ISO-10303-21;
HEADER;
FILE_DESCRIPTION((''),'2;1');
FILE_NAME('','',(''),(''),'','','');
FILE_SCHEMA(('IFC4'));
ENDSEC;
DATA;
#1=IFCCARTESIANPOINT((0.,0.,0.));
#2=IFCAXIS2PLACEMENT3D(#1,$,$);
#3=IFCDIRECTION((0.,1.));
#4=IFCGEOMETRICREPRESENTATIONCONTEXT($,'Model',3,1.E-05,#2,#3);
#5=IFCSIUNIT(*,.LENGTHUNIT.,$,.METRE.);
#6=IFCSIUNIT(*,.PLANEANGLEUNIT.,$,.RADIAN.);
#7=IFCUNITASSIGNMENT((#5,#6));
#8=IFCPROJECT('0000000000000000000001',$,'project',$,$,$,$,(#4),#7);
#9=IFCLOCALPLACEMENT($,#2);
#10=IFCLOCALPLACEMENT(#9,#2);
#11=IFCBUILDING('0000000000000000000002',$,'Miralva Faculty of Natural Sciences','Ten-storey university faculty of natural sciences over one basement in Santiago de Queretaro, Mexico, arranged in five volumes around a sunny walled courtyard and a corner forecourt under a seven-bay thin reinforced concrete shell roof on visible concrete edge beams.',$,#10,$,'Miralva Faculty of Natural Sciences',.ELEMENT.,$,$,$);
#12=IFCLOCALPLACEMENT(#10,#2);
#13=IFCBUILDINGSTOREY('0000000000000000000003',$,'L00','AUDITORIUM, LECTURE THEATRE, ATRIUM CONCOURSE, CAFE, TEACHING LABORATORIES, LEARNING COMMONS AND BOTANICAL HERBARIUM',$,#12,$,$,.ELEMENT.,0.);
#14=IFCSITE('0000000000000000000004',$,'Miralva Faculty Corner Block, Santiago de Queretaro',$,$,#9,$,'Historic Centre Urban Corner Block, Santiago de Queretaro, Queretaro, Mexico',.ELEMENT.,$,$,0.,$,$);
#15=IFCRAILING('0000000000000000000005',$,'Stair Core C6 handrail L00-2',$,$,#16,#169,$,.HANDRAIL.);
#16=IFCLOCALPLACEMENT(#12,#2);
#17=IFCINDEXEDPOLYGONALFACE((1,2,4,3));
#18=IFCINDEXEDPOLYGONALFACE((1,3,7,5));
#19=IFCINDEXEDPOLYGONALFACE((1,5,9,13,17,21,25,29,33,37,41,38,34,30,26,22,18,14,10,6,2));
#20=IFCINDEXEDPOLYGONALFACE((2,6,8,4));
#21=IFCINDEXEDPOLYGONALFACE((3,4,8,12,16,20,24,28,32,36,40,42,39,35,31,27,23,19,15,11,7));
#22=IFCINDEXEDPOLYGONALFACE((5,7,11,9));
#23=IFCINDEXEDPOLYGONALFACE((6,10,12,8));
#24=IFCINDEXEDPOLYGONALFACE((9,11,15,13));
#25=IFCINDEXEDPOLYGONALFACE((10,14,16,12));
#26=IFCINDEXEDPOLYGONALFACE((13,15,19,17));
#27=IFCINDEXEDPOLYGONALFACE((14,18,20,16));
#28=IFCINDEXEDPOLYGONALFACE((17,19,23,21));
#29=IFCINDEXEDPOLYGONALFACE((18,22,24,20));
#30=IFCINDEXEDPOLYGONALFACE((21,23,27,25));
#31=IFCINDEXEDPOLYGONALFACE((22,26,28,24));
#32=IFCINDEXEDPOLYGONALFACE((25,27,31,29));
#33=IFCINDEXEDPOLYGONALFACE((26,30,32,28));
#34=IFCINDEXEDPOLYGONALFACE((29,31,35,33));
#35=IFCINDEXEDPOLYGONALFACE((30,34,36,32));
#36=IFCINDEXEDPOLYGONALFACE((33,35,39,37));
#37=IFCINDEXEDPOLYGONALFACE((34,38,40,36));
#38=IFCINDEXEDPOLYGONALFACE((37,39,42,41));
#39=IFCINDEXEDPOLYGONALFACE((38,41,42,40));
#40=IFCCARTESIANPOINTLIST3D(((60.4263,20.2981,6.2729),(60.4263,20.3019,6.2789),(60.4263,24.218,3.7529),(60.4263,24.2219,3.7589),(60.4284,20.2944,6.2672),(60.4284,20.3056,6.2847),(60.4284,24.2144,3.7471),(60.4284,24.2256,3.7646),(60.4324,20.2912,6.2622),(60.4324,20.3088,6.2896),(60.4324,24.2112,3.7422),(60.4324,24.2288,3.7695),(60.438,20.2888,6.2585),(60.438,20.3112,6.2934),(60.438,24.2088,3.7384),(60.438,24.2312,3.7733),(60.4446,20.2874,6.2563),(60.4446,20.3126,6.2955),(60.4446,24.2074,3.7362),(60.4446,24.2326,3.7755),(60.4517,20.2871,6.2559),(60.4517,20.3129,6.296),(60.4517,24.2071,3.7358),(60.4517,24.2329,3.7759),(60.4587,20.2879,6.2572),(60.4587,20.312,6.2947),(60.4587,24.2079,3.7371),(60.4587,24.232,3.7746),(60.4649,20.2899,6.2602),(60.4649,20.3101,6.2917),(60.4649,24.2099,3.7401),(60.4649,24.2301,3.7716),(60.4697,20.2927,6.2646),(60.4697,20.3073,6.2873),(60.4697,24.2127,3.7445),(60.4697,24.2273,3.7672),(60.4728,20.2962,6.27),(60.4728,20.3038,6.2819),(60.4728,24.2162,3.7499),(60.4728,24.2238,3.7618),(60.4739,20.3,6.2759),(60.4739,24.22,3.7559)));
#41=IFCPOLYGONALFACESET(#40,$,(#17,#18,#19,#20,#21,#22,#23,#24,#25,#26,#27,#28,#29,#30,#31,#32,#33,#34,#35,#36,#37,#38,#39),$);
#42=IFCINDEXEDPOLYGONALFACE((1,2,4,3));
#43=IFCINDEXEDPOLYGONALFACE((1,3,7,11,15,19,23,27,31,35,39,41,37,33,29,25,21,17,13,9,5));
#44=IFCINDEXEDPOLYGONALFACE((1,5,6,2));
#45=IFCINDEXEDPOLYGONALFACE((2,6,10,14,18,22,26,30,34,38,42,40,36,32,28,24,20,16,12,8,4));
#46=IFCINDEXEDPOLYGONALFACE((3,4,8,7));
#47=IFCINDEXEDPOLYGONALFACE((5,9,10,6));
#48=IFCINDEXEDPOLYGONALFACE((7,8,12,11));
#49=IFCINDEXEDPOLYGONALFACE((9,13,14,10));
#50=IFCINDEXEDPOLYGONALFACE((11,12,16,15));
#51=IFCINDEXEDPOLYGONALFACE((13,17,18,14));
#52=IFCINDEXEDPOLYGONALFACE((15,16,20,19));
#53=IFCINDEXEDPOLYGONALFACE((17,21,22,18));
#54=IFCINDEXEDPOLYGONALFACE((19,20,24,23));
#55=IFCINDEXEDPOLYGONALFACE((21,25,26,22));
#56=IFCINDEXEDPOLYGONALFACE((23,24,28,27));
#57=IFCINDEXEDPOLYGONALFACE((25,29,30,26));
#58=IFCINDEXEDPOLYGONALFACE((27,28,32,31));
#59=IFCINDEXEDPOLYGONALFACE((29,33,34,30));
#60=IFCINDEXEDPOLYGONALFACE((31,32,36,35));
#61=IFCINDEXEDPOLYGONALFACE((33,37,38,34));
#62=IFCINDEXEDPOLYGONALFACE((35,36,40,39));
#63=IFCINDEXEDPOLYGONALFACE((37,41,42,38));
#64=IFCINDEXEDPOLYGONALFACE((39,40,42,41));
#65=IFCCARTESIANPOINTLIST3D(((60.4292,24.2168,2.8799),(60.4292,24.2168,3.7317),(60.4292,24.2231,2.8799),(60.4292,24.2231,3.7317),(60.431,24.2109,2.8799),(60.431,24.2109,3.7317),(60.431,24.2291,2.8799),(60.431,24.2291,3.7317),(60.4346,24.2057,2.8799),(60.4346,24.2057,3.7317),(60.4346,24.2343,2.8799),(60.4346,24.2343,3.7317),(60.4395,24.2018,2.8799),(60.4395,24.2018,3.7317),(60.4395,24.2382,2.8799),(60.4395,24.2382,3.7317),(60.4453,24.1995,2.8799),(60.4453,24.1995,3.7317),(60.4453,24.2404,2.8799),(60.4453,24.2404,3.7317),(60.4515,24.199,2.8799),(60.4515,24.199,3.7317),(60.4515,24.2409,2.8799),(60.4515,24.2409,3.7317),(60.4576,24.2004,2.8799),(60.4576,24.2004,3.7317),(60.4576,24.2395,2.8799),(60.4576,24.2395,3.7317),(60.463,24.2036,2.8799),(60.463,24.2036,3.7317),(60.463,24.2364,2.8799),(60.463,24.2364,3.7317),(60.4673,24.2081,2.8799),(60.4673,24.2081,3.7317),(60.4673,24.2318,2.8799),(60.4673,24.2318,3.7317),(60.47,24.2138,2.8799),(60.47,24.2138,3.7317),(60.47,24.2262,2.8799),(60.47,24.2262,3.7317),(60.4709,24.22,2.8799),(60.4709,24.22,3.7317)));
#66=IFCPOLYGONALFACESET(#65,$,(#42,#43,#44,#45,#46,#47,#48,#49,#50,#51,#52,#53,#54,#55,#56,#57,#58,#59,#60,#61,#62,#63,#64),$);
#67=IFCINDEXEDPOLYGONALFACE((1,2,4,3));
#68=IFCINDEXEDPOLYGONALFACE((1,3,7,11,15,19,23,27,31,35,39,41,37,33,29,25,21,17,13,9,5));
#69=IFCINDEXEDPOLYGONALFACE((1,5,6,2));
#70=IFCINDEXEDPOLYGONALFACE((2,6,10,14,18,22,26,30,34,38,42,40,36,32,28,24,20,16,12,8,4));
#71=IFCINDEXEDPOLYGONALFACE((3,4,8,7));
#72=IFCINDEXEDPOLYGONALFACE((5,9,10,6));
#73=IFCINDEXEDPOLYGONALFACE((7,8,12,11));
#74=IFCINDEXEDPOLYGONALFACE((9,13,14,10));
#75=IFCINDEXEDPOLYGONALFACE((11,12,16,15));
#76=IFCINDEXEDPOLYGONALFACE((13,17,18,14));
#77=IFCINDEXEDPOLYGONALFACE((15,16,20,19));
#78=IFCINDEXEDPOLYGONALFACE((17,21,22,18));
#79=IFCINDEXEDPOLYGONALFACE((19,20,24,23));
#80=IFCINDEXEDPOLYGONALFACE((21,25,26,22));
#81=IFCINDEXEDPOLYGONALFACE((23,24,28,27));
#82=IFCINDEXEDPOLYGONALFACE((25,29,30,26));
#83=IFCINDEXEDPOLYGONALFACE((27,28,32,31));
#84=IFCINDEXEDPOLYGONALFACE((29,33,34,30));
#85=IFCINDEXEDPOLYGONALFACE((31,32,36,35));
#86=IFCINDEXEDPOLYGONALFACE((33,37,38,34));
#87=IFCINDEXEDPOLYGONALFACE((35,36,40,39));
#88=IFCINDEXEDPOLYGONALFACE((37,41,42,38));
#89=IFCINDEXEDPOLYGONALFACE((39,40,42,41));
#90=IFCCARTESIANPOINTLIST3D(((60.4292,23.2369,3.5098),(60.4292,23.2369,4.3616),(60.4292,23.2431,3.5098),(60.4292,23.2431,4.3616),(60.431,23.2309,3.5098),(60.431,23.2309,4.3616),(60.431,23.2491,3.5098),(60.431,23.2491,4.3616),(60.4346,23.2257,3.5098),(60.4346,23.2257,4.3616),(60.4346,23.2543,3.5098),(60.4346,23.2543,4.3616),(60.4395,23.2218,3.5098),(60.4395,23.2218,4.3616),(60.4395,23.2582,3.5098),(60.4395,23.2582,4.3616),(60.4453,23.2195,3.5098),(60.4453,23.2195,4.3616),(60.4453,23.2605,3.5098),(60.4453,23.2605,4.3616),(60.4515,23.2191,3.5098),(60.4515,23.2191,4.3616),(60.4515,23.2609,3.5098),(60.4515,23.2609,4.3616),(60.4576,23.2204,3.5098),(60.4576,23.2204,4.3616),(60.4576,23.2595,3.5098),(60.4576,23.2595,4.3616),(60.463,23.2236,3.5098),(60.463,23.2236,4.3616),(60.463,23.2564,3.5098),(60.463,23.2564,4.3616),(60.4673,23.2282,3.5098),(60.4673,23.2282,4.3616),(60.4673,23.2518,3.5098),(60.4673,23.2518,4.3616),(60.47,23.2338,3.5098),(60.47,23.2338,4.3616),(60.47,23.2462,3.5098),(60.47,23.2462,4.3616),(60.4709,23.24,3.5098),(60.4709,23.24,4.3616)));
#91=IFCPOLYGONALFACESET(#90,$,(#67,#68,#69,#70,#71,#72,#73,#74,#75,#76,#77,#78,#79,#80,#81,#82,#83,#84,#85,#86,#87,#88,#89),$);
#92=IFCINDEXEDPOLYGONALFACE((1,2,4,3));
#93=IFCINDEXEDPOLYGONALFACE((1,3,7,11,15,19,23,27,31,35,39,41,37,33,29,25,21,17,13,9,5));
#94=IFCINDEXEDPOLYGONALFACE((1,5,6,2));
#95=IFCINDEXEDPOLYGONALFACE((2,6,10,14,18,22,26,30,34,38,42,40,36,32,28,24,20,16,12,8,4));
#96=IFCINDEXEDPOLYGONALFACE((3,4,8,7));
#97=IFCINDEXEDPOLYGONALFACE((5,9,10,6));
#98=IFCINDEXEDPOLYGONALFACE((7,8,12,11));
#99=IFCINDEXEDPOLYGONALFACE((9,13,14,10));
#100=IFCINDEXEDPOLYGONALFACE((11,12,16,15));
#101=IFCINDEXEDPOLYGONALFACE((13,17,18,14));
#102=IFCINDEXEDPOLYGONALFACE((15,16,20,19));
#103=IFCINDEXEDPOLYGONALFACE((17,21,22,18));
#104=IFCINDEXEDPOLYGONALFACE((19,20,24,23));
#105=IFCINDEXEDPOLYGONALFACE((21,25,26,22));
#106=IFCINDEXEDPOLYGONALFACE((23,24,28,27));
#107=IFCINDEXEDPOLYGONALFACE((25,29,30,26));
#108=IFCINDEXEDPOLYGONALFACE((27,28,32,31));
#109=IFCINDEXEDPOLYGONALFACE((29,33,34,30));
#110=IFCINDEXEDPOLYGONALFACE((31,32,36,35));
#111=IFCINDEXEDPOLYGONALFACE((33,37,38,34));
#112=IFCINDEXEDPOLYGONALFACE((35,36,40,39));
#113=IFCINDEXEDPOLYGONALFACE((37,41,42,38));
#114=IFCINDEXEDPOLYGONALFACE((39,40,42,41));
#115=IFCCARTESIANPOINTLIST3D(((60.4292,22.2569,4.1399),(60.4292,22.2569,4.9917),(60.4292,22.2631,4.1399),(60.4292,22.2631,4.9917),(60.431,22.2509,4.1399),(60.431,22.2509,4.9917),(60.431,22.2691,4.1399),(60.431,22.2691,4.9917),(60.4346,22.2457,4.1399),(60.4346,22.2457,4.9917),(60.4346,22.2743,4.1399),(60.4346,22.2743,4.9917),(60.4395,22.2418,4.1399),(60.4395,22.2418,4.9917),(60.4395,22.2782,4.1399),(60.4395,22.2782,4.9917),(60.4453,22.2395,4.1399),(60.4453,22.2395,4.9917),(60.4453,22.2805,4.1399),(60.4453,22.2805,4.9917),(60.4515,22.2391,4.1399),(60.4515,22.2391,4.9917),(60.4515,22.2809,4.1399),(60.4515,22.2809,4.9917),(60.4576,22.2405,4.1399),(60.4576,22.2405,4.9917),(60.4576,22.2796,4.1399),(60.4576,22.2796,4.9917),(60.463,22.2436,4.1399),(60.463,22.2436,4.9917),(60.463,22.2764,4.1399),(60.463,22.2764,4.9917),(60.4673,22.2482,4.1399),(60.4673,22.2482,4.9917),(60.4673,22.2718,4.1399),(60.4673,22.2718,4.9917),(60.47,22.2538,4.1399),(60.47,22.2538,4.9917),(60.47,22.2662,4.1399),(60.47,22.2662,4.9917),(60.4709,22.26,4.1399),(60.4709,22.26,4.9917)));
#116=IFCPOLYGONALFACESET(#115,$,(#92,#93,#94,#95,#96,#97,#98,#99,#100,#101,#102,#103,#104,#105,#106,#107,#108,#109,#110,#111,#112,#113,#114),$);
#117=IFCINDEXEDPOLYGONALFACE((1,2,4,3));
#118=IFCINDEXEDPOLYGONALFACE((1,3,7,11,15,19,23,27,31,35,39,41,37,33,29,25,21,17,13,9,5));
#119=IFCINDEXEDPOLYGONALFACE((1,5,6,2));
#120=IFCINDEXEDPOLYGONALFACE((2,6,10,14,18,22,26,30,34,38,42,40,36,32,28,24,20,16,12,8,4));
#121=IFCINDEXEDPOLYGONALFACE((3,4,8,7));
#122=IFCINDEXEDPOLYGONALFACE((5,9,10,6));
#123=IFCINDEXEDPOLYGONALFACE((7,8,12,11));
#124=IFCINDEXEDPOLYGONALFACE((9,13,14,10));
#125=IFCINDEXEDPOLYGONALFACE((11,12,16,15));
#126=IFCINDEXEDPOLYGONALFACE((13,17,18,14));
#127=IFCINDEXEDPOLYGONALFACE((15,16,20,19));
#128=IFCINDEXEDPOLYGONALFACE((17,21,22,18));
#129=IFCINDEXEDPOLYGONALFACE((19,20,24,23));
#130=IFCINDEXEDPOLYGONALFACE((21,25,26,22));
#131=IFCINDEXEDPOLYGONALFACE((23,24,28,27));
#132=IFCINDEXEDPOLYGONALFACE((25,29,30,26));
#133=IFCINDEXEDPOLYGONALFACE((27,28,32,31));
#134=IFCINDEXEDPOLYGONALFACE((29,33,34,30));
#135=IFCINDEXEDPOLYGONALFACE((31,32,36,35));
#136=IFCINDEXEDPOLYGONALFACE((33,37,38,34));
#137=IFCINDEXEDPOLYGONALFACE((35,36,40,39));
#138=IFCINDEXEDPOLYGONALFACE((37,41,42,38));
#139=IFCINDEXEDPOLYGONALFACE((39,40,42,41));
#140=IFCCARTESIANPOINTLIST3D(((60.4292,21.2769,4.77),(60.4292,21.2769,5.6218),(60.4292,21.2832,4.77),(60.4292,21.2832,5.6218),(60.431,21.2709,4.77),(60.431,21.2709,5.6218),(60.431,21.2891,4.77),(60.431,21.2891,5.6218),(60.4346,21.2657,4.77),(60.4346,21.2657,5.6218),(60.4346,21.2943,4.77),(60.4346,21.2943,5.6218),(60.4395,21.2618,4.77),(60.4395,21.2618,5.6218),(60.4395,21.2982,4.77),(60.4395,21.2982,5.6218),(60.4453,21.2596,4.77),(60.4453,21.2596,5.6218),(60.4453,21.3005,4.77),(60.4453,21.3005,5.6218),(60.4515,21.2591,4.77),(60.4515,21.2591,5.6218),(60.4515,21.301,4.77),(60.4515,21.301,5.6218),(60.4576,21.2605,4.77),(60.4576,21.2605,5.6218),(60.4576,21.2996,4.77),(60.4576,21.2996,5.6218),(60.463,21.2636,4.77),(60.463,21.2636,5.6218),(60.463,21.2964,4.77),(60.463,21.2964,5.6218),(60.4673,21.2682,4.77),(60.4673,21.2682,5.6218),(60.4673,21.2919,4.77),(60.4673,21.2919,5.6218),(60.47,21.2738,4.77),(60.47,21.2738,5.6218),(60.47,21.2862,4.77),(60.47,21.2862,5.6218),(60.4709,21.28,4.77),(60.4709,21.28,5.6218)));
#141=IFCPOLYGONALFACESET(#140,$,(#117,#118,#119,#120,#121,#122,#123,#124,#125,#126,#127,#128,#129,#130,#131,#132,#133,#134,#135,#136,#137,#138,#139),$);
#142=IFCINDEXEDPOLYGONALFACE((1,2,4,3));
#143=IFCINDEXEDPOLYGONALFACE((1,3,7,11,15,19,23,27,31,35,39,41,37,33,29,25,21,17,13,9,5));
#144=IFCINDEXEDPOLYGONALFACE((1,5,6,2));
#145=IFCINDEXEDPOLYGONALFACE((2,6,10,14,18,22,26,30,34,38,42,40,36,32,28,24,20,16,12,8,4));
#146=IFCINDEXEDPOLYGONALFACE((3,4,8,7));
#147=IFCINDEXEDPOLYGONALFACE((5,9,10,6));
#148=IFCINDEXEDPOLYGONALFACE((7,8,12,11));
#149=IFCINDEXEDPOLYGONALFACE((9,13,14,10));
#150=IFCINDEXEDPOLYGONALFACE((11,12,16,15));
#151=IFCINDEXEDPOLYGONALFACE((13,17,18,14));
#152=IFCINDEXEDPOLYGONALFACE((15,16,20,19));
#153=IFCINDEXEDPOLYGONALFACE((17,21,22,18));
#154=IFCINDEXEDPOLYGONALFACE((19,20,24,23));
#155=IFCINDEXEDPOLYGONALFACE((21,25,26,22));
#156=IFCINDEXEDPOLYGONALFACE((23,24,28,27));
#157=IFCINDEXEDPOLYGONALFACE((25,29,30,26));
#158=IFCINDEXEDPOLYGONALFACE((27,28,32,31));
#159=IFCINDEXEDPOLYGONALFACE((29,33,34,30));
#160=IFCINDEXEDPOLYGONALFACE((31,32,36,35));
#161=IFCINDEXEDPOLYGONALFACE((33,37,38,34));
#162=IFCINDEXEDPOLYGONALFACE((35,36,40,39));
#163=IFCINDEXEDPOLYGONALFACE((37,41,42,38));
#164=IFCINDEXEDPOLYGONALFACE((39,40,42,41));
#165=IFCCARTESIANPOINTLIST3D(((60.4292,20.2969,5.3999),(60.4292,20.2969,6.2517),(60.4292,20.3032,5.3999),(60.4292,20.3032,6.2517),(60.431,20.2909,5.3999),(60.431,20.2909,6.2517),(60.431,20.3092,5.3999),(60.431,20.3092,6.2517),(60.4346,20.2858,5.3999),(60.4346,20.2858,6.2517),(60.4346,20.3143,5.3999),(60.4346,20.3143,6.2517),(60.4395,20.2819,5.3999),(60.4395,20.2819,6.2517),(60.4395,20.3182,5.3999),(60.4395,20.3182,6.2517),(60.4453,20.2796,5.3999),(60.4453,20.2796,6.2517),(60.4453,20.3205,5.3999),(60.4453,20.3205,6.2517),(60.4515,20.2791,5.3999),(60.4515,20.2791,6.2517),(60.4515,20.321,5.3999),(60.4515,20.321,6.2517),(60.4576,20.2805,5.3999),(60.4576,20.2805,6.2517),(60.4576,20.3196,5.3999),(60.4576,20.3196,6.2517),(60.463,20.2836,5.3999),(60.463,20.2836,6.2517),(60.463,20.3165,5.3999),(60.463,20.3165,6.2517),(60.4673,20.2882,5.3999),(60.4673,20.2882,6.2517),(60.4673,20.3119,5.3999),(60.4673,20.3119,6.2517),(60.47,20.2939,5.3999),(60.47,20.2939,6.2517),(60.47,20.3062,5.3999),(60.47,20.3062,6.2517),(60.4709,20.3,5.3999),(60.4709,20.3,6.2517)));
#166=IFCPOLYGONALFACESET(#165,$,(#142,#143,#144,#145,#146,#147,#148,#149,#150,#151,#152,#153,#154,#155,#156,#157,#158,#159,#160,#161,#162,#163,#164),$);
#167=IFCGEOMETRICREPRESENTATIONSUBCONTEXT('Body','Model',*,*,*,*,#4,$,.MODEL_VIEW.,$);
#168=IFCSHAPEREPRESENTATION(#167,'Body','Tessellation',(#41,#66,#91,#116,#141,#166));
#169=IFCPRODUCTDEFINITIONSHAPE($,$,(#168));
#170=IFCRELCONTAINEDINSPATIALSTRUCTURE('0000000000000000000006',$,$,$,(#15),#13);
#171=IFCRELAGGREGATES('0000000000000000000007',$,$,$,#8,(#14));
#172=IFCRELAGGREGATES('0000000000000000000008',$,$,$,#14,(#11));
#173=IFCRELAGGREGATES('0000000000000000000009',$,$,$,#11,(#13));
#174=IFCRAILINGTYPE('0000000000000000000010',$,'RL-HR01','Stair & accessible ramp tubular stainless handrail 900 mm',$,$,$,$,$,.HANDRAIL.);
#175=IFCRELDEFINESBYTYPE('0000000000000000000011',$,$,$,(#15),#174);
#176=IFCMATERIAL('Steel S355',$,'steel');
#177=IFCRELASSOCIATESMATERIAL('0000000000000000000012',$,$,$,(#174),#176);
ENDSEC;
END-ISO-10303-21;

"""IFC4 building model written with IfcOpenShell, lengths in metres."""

from ifc_helpers import new_model, si_unit, direction, frame, origin, origin_2d, place, context, subcontext, project, spatial, circle, extrude, material, type_object, element, save


model = new_model("IFC4")

# Units and contexts
model_context = context("Model", 3, precision=1e-05, world=origin(), true_north=direction((0.0, 1.0)))
body_context = subcontext(model_context, "Body", "Model", "MODEL_VIEW")
ifc_project = project(units=[si_unit("LENGTHUNIT", "METRE"), si_unit("PLANEANGLEUNIT", "RADIAN")], contexts=[model_context])

# Site, building, storey
site_placement = place(None, origin())
site = spatial("IfcSite", under=ifc_project, at=site_placement, Name="Miralva Faculty Corner Block, Santiago de Queretaro", LongName="Historic Centre Urban Corner Block, Santiago de Queretaro, Queretaro, Mexico", CompositionType="ELEMENT", RefElevation=0.0)
building_placement = place(site_placement, origin())
building = spatial("IfcBuilding", under=site, at=building_placement, Name="Miralva Faculty of Natural Sciences", Description="Ten-storey university faculty of natural sciences over one basement in Santiago de Queretaro, Mexico, arranged in five volumes around a sunny walled courtyard and a corner forecourt under a seven-bay thin reinforced concrete shell roof on visible concrete edge beams.", LongName="Miralva Faculty of Natural Sciences", CompositionType="ELEMENT")
storey_placement = place(building_placement, origin())
storey = spatial("IfcBuildingStorey", under=building, at=storey_placement, Name="L00", Description="AUDITORIUM, LECTURE THEATRE, ATRIUM CONCOURSE, CAFE, TEACHING LABORATORIES, LEARNING COMMONS AND BOTANICAL HERBARIUM", CompositionType="ELEMENT", Elevation=0.0)

# Railing
ifc_material_1 = material(Name="Steel S355", Category="steel")
railing_type_1 = type_object("IfcRailingType", Name="RL-HR01", Description="Stair & accessible ramp tubular stainless handrail 900 mm", PredefinedType="HANDRAIL", material=ifc_material_1)
railing_1_placement = place(storey_placement, frame((60.45, 24.22, 2.8799)))
element("IfcRailing", 1, at=railing_1_placement, inside=storey, type_object=railing_type_1, Name="Stair Core C6 handrail L00-2", PredefinedType="HANDRAIL", context=body_context, shape_type="SweptSolid", body=[
    extrude(circle(Radius=0.0239, at=origin_2d()), frame((0.0, 0.0, 0.876), z_axis=(0.0, -0.841172, 0.540768), x_axis=(1.0, 0.0, 0.0)), (0.0, 0.0, 1.0), 4.6602),
    extrude(circle(Radius=0.021, at=origin_2d()), origin(), (0.0, 0.0, 1.0), 0.8518),
    extrude(circle(Radius=0.021, at=origin_2d()), frame((0.0, -0.98, 0.6299)), (0.0, 0.0, 1.0), 0.8518),
    extrude(circle(Radius=0.021, at=origin_2d()), frame((0.0, -1.96, 1.26)), (0.0, 0.0, 1.0), 0.8518),
    extrude(circle(Radius=0.021, at=origin_2d()), frame((0.0, -2.9399, 1.8901)), (0.0, 0.0, 1.0), 0.8518),
    extrude(circle(Radius=0.021, at=origin_2d()), frame((0.0, -3.9199, 2.52)), (0.0, 0.0, 1.0), 0.8518),
])

save(model, "model.ifc")
